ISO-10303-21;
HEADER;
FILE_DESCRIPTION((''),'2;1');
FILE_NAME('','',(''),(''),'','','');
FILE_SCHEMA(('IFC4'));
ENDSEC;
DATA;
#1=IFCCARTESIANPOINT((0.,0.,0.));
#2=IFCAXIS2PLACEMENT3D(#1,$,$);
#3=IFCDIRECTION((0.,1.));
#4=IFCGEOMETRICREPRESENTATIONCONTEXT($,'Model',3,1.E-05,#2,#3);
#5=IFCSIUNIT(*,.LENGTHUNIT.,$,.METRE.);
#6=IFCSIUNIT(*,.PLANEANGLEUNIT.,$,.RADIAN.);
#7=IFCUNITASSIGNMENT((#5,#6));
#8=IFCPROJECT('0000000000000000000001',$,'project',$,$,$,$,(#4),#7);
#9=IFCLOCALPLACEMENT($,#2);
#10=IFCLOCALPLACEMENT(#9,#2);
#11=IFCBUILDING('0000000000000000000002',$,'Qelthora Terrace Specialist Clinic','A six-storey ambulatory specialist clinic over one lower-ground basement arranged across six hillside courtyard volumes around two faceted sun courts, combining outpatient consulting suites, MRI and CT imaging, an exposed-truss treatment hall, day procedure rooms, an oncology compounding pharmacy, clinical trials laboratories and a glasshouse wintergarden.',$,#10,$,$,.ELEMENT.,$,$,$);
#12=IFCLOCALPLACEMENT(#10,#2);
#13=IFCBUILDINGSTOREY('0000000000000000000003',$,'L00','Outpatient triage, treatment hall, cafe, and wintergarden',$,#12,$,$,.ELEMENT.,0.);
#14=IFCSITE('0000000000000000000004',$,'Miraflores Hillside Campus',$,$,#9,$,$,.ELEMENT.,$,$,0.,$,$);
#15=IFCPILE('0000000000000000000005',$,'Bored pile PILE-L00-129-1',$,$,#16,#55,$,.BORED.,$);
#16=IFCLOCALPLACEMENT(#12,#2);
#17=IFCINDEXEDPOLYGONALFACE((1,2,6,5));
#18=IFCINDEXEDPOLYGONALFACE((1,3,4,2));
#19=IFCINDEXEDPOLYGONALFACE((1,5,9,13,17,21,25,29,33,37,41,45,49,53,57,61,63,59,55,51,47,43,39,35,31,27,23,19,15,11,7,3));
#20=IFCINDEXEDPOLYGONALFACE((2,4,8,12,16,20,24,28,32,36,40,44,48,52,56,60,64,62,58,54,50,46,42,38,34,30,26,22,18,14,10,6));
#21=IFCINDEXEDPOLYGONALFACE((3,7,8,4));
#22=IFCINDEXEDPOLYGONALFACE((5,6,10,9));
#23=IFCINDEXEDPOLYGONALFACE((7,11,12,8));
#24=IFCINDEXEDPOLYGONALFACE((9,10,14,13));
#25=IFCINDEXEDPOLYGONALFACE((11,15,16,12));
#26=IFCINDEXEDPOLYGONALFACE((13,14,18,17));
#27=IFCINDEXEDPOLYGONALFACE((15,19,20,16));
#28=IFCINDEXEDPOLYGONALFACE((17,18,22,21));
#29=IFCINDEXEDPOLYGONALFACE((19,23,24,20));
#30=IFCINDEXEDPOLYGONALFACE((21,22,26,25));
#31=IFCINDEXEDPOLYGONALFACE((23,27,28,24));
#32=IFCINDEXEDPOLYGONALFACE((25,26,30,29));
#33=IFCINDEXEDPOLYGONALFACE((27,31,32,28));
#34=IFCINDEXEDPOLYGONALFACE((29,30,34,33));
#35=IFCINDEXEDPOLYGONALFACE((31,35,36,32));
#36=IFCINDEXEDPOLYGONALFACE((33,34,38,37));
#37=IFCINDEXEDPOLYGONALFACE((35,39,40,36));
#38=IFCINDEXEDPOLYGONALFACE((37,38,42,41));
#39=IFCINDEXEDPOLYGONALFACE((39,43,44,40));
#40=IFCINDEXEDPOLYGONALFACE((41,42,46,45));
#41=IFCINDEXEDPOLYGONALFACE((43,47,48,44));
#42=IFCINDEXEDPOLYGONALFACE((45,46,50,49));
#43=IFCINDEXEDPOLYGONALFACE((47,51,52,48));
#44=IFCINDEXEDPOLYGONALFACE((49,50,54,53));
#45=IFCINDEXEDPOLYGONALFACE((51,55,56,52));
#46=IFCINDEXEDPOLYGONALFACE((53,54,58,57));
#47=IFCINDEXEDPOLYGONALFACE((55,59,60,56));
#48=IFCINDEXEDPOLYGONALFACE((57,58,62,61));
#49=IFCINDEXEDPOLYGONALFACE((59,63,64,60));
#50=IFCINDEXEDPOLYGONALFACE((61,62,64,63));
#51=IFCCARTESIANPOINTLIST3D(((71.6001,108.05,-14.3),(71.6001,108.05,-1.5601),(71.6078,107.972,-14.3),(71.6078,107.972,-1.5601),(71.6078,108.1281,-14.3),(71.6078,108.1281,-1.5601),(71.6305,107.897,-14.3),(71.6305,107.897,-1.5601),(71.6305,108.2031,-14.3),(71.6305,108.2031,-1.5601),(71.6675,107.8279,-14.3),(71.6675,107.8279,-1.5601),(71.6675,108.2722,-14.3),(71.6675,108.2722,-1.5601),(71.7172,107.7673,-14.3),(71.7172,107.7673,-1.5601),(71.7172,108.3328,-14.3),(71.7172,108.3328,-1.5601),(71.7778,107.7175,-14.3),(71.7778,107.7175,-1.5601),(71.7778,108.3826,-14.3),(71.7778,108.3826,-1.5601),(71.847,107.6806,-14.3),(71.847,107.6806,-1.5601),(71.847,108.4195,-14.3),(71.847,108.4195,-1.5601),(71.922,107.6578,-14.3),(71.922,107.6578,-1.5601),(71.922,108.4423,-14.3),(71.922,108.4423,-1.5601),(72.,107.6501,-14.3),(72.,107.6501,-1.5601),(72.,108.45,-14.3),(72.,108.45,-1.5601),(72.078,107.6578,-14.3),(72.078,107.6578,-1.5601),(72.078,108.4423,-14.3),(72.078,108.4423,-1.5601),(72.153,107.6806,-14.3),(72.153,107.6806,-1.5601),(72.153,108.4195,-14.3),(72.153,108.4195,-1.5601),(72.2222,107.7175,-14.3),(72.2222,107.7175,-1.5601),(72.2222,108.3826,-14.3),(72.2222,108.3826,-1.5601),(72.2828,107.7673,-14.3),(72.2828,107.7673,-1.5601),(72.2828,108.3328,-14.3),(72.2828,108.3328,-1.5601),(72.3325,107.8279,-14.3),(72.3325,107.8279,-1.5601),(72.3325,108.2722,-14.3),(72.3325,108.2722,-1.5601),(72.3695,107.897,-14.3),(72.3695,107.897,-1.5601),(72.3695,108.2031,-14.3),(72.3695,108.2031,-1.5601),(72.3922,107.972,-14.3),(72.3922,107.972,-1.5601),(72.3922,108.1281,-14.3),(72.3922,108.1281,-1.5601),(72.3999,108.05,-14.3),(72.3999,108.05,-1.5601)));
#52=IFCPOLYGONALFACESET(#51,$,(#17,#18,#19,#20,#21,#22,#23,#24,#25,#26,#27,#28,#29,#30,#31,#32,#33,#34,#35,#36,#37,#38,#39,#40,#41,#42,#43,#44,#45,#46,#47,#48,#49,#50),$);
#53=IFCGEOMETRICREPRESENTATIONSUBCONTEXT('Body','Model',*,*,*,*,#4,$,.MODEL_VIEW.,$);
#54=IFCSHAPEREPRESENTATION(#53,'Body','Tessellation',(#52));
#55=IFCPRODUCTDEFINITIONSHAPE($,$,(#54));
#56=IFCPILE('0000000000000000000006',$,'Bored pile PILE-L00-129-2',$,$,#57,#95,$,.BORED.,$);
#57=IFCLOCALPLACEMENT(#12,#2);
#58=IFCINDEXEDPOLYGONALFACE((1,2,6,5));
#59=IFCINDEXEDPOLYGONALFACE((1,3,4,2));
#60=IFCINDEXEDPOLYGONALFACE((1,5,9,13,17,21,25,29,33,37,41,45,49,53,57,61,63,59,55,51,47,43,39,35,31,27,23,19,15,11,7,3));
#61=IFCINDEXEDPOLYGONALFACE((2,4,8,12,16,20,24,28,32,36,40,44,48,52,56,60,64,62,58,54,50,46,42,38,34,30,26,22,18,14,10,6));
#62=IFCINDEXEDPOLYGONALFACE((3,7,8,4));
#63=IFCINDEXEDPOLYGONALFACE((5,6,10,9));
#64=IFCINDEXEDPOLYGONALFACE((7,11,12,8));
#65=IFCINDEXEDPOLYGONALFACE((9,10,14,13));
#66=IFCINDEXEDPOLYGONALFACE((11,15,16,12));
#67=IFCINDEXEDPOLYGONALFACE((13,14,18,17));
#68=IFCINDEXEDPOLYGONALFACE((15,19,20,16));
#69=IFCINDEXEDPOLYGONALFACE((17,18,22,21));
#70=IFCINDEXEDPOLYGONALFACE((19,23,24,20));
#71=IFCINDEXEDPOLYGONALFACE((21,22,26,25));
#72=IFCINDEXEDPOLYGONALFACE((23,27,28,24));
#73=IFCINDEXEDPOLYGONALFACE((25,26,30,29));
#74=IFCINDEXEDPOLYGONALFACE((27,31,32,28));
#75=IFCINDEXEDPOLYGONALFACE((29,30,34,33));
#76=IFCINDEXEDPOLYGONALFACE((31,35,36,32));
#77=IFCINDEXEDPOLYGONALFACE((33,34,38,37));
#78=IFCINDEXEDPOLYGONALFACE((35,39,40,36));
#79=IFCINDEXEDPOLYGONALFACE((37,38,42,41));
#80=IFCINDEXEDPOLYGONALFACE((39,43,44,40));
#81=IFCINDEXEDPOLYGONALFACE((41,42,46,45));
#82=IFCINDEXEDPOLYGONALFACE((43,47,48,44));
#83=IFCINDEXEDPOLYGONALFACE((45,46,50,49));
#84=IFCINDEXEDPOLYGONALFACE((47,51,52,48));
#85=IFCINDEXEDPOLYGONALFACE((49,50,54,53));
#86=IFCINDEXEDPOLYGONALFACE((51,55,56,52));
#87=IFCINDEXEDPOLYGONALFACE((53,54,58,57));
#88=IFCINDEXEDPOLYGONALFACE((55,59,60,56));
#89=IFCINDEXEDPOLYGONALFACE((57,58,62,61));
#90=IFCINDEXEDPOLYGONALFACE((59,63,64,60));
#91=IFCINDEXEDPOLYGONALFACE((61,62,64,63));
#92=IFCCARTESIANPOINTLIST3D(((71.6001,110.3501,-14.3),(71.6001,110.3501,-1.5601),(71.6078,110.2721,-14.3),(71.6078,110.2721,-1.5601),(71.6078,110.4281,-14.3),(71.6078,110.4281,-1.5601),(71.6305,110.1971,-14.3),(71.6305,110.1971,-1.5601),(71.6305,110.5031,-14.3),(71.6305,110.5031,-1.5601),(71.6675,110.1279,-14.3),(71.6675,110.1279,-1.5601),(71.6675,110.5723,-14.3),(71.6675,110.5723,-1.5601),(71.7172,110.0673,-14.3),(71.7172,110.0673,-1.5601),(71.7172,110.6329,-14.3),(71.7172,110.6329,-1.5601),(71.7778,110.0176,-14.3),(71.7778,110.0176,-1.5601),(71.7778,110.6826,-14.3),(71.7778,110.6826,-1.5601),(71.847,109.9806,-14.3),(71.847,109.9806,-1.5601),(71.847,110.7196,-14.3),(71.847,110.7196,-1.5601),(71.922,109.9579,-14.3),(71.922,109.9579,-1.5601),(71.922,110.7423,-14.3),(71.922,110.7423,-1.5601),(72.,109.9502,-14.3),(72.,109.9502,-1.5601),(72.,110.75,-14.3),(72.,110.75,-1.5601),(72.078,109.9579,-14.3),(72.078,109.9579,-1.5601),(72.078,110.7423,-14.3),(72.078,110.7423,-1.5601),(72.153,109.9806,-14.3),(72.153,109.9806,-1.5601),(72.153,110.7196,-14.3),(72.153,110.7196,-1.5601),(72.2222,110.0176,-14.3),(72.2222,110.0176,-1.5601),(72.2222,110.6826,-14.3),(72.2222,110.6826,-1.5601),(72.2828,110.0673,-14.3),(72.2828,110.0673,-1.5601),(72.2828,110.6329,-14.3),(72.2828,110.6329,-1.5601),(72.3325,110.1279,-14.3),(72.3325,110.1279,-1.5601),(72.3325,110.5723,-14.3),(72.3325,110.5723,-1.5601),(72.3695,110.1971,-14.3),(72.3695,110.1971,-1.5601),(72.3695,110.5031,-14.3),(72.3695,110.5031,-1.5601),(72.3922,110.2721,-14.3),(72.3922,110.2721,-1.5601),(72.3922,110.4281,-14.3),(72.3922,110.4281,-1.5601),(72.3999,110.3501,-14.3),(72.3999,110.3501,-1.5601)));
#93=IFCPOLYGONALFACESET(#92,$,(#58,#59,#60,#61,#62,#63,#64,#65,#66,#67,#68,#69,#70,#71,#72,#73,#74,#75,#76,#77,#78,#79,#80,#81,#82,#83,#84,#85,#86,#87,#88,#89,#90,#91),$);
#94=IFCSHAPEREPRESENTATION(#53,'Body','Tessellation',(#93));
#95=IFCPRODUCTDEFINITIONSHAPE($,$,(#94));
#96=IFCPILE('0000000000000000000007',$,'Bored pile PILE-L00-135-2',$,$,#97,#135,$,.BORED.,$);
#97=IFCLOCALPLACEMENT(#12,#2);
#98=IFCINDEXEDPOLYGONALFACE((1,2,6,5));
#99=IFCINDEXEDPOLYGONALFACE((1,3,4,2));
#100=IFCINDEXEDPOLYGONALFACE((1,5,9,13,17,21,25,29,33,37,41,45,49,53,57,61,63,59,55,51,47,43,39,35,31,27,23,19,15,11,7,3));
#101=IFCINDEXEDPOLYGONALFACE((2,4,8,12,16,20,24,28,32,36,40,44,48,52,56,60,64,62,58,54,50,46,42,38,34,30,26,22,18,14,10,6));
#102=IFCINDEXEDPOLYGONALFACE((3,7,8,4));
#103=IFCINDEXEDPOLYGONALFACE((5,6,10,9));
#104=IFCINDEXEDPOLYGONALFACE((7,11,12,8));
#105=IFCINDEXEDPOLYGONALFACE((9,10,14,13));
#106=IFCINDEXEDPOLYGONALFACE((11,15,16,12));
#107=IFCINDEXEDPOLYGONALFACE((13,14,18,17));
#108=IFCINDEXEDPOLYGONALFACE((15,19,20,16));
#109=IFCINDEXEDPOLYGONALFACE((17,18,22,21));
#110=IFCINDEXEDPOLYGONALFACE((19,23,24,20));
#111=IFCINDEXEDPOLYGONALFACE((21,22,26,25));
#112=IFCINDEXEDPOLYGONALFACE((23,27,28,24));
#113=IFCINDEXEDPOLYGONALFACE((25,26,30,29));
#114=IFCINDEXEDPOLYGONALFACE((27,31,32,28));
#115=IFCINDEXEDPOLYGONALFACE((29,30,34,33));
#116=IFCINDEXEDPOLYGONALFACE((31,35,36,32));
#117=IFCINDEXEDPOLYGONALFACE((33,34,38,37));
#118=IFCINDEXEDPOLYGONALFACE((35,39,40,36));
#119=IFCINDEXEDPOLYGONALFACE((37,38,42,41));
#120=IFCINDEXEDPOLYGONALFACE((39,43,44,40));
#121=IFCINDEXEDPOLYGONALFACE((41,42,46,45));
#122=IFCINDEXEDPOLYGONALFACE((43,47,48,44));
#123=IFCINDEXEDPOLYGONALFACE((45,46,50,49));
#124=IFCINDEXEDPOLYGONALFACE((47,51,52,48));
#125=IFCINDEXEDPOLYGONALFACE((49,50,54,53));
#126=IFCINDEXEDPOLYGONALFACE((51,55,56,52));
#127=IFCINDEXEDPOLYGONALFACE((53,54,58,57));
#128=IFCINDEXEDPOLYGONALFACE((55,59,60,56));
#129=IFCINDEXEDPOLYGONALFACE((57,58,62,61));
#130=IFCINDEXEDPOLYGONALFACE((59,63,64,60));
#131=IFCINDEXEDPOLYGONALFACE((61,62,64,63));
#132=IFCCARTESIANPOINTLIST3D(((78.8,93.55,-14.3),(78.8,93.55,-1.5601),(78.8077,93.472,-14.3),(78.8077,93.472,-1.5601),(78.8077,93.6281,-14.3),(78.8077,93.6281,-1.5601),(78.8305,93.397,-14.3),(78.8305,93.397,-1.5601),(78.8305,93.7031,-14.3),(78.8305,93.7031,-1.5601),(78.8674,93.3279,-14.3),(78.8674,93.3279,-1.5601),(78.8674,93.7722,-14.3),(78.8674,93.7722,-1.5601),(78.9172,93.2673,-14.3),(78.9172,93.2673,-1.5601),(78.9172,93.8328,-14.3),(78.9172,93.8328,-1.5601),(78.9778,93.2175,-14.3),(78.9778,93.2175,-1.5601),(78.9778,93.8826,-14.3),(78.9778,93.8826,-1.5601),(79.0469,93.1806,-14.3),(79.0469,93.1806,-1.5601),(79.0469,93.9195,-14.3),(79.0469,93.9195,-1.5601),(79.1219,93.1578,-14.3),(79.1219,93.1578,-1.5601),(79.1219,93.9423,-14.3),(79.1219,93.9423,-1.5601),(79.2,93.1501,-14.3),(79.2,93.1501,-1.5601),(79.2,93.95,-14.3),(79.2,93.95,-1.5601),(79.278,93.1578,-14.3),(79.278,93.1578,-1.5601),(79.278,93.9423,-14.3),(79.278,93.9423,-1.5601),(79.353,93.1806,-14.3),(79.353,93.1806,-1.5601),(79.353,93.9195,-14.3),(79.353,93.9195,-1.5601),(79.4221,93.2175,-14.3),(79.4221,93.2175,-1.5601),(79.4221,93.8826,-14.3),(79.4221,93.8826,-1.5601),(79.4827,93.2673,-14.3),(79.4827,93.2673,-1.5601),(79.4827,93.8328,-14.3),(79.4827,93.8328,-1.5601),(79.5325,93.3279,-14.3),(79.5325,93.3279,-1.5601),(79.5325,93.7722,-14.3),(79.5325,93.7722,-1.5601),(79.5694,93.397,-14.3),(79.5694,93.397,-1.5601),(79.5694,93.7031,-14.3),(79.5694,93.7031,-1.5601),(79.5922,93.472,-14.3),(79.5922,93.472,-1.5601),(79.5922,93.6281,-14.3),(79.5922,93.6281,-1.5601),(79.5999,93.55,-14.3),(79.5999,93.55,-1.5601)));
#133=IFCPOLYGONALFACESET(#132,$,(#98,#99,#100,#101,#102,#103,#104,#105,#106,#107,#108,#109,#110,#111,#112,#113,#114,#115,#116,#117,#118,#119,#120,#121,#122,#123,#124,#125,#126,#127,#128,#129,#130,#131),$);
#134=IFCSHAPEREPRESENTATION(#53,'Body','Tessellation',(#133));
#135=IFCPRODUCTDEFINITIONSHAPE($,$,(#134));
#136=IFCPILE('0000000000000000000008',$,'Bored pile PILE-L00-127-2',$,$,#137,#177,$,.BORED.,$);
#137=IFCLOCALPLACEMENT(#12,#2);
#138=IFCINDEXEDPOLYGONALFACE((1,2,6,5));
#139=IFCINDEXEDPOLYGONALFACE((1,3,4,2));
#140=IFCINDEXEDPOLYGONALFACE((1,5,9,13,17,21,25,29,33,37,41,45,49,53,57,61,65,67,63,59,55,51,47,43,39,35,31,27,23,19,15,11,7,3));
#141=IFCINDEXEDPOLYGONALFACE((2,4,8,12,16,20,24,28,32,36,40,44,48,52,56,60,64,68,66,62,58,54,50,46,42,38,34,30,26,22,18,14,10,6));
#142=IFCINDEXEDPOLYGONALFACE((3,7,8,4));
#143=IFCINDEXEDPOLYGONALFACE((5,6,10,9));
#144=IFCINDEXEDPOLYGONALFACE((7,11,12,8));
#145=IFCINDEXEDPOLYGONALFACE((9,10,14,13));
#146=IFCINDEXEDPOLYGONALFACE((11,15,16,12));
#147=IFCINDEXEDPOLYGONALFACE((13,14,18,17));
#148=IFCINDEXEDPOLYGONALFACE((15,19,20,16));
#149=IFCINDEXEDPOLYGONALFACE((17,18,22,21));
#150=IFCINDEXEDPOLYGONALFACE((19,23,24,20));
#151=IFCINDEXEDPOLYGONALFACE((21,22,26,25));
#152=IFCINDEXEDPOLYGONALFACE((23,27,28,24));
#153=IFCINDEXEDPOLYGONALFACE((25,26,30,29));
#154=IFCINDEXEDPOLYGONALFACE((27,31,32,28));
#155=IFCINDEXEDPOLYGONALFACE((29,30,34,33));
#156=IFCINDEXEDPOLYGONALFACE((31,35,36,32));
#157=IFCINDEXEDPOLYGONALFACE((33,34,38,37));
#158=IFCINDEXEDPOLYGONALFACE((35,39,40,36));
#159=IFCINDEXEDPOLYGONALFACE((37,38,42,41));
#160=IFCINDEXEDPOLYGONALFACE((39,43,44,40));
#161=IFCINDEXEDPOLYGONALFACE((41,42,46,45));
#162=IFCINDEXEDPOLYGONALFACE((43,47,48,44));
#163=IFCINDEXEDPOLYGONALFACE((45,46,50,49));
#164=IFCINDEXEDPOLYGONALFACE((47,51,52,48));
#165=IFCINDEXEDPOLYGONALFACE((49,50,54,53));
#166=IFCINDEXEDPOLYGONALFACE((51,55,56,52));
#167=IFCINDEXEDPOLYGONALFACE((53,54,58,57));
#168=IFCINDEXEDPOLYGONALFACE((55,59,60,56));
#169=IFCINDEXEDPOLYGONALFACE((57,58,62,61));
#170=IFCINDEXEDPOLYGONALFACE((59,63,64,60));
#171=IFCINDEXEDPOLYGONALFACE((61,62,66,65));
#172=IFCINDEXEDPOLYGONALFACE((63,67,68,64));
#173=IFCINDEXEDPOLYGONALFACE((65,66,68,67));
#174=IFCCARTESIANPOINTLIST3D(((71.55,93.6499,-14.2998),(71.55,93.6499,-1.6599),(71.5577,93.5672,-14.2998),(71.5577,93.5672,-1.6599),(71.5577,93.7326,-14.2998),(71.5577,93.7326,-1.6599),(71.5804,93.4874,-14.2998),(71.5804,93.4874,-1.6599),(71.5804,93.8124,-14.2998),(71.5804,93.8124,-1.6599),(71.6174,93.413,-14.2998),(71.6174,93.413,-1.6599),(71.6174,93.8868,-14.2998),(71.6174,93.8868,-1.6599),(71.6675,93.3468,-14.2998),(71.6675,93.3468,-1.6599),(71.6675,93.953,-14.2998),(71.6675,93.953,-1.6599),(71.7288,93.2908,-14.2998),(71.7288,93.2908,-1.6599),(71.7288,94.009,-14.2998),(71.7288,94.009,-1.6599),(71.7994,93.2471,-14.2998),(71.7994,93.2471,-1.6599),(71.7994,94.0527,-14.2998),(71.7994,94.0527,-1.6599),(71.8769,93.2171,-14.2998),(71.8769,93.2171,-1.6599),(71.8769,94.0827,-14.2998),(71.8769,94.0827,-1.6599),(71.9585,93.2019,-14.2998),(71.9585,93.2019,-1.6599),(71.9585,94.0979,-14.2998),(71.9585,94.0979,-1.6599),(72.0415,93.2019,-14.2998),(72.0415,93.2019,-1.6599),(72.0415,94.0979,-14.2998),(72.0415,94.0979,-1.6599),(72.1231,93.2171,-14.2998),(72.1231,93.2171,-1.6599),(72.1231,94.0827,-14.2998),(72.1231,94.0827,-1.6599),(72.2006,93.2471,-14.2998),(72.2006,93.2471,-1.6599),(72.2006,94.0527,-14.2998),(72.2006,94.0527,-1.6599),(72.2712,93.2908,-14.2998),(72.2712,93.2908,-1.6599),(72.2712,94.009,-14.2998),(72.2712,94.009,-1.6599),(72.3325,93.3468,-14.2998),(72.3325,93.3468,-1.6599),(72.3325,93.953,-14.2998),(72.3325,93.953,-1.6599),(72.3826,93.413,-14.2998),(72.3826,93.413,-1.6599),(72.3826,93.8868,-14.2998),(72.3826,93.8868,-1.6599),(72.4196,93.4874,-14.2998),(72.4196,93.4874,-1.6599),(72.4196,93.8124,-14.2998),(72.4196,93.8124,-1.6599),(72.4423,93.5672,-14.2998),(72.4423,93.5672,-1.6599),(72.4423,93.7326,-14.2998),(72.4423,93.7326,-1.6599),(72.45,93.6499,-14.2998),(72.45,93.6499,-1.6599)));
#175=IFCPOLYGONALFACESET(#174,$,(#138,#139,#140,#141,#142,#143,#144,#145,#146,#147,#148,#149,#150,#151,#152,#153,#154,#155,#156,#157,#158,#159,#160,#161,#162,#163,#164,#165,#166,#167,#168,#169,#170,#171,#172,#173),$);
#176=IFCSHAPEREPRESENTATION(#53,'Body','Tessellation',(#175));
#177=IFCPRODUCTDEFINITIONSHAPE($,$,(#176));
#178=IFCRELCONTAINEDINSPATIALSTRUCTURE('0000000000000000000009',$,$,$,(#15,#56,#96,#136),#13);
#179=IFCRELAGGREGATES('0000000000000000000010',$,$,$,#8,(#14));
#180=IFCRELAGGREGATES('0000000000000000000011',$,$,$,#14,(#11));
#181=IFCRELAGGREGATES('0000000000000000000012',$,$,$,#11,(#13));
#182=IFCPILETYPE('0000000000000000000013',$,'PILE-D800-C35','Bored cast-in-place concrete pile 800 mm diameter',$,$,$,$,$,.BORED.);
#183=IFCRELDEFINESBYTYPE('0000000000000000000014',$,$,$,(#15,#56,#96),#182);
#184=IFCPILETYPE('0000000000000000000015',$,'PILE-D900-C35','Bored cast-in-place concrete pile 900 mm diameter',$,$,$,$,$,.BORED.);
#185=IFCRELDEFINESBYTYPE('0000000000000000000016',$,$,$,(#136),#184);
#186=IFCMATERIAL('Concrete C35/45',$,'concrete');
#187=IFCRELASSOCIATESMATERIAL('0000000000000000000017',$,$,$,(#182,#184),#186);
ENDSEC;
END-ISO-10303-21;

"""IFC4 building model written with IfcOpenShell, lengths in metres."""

from ifc_helpers import new_model, si_unit, direction, frame, origin, origin_2d, place, context, subcontext, project, spatial, circle, extrude, material, material_profile, profile_set, type_object, element, save


model = new_model("IFC4")

# Units and contexts
model_context = context("Model", 3, precision=1e-05, world=origin(), true_north=direction((0.0, 1.0)))
body_context = subcontext(model_context, "Body", "Model", "MODEL_VIEW")
ifc_project = project(units=[si_unit("LENGTHUNIT", "METRE"), si_unit("PLANEANGLEUNIT", "RADIAN")], contexts=[model_context])

# Site, building, storey
site_placement = place(None, origin())
site = spatial("IfcSite", under=ifc_project, at=site_placement, Name="Miraflores Hillside Campus", CompositionType="ELEMENT", RefElevation=0.0)
building_placement = place(site_placement, origin())
building = spatial("IfcBuilding", under=site, at=building_placement, Name="Qelthora Terrace Specialist Clinic", Description="A six-storey ambulatory specialist clinic over one lower-ground basement arranged across six hillside courtyard volumes around two faceted sun courts, combining outpatient consulting suites, MRI and CT imaging, an exposed-truss treatment hall, day procedure rooms, an oncology compounding pharmacy, clinical trials laboratories and a glasshouse wintergarden.", CompositionType="ELEMENT")
storey_placement = place(building_placement, origin())
storey = spatial("IfcBuildingStorey", under=building, at=storey_placement, Name="L00", Description="Outpatient triage, treatment hall, cafe, and wintergarden", CompositionType="ELEMENT", Elevation=0.0)

# Shared definitions
ifc_material_1 = material(Name="Concrete C35/45", Category="concrete")

# Piles
ifc_material_profile_1 = material_profile(ifc_material_1, circle(Radius=0.3999, at=origin_2d()), Name="PILE800")
ifc_profile_set_1 = profile_set([ifc_material_profile_1], Name="Concrete C35/45")
pile_type_1 = type_object("IfcPileType", Name="PILE-D800-C35", Description="Bored cast-in-place concrete pile 800 mm diameter", PredefinedType="BORED", material=ifc_profile_set_1)
for number, where, z_axis, x_axis, name in (
    (1, (72.0, 108.05, -1.5601), (0.0, 0.0, -1.0), (1.0, 0.0, 0.0), "Bored pile PILE-L00-129-1"),
    (2, (72.0, 110.3501, -1.5601), (0.0, 0.0, -1.0), (1.0, 0.0, 0.0), "Bored pile PILE-L00-129-2"),
    (3, (79.2, 93.55, -1.5601), (0.0, 0.0, -1.0), (1.0, 0.0, 0.0), "Bored pile PILE-L00-135-2"),
):
    element("IfcPile", number, at=place(storey_placement, frame(where, z_axis=z_axis, x_axis=x_axis)), inside=storey, type_object=pile_type_1, Name=name, PredefinedType="BORED", context=body_context, shape_type="SweptSolid", body=[
        extrude(circle(Radius=0.3999, at=origin_2d()), origin(), (0.0, 0.0, 1.0), 12.74),
    ])
ifc_material_profile_2 = material_profile(ifc_material_1, circle(Radius=0.45, at=origin_2d()), Name="PILE900")
ifc_profile_set_2 = profile_set([ifc_material_profile_2], Name="Concrete C35/45")
pile_type_2 = type_object("IfcPileType", Name="PILE-D900-C35", Description="Bored cast-in-place concrete pile 900 mm diameter", PredefinedType="BORED", material=ifc_profile_set_2)
pile_placement = place(storey_placement, frame((72.0, 93.6499, -1.6599), z_axis=(0.0, 0.0, -1.0), x_axis=(1.0, 0.0, 0.0)))
element("IfcPile", 4, at=pile_placement, inside=storey, type_object=pile_type_2, Name="Bored pile PILE-L00-127-2", PredefinedType="BORED", context=body_context, shape_type="SweptSolid", body=[
    extrude(circle(Radius=0.45, at=origin_2d()), origin(), (0.0, 0.0, 1.0), 12.6399),
])

save(model, "model.ifc")
